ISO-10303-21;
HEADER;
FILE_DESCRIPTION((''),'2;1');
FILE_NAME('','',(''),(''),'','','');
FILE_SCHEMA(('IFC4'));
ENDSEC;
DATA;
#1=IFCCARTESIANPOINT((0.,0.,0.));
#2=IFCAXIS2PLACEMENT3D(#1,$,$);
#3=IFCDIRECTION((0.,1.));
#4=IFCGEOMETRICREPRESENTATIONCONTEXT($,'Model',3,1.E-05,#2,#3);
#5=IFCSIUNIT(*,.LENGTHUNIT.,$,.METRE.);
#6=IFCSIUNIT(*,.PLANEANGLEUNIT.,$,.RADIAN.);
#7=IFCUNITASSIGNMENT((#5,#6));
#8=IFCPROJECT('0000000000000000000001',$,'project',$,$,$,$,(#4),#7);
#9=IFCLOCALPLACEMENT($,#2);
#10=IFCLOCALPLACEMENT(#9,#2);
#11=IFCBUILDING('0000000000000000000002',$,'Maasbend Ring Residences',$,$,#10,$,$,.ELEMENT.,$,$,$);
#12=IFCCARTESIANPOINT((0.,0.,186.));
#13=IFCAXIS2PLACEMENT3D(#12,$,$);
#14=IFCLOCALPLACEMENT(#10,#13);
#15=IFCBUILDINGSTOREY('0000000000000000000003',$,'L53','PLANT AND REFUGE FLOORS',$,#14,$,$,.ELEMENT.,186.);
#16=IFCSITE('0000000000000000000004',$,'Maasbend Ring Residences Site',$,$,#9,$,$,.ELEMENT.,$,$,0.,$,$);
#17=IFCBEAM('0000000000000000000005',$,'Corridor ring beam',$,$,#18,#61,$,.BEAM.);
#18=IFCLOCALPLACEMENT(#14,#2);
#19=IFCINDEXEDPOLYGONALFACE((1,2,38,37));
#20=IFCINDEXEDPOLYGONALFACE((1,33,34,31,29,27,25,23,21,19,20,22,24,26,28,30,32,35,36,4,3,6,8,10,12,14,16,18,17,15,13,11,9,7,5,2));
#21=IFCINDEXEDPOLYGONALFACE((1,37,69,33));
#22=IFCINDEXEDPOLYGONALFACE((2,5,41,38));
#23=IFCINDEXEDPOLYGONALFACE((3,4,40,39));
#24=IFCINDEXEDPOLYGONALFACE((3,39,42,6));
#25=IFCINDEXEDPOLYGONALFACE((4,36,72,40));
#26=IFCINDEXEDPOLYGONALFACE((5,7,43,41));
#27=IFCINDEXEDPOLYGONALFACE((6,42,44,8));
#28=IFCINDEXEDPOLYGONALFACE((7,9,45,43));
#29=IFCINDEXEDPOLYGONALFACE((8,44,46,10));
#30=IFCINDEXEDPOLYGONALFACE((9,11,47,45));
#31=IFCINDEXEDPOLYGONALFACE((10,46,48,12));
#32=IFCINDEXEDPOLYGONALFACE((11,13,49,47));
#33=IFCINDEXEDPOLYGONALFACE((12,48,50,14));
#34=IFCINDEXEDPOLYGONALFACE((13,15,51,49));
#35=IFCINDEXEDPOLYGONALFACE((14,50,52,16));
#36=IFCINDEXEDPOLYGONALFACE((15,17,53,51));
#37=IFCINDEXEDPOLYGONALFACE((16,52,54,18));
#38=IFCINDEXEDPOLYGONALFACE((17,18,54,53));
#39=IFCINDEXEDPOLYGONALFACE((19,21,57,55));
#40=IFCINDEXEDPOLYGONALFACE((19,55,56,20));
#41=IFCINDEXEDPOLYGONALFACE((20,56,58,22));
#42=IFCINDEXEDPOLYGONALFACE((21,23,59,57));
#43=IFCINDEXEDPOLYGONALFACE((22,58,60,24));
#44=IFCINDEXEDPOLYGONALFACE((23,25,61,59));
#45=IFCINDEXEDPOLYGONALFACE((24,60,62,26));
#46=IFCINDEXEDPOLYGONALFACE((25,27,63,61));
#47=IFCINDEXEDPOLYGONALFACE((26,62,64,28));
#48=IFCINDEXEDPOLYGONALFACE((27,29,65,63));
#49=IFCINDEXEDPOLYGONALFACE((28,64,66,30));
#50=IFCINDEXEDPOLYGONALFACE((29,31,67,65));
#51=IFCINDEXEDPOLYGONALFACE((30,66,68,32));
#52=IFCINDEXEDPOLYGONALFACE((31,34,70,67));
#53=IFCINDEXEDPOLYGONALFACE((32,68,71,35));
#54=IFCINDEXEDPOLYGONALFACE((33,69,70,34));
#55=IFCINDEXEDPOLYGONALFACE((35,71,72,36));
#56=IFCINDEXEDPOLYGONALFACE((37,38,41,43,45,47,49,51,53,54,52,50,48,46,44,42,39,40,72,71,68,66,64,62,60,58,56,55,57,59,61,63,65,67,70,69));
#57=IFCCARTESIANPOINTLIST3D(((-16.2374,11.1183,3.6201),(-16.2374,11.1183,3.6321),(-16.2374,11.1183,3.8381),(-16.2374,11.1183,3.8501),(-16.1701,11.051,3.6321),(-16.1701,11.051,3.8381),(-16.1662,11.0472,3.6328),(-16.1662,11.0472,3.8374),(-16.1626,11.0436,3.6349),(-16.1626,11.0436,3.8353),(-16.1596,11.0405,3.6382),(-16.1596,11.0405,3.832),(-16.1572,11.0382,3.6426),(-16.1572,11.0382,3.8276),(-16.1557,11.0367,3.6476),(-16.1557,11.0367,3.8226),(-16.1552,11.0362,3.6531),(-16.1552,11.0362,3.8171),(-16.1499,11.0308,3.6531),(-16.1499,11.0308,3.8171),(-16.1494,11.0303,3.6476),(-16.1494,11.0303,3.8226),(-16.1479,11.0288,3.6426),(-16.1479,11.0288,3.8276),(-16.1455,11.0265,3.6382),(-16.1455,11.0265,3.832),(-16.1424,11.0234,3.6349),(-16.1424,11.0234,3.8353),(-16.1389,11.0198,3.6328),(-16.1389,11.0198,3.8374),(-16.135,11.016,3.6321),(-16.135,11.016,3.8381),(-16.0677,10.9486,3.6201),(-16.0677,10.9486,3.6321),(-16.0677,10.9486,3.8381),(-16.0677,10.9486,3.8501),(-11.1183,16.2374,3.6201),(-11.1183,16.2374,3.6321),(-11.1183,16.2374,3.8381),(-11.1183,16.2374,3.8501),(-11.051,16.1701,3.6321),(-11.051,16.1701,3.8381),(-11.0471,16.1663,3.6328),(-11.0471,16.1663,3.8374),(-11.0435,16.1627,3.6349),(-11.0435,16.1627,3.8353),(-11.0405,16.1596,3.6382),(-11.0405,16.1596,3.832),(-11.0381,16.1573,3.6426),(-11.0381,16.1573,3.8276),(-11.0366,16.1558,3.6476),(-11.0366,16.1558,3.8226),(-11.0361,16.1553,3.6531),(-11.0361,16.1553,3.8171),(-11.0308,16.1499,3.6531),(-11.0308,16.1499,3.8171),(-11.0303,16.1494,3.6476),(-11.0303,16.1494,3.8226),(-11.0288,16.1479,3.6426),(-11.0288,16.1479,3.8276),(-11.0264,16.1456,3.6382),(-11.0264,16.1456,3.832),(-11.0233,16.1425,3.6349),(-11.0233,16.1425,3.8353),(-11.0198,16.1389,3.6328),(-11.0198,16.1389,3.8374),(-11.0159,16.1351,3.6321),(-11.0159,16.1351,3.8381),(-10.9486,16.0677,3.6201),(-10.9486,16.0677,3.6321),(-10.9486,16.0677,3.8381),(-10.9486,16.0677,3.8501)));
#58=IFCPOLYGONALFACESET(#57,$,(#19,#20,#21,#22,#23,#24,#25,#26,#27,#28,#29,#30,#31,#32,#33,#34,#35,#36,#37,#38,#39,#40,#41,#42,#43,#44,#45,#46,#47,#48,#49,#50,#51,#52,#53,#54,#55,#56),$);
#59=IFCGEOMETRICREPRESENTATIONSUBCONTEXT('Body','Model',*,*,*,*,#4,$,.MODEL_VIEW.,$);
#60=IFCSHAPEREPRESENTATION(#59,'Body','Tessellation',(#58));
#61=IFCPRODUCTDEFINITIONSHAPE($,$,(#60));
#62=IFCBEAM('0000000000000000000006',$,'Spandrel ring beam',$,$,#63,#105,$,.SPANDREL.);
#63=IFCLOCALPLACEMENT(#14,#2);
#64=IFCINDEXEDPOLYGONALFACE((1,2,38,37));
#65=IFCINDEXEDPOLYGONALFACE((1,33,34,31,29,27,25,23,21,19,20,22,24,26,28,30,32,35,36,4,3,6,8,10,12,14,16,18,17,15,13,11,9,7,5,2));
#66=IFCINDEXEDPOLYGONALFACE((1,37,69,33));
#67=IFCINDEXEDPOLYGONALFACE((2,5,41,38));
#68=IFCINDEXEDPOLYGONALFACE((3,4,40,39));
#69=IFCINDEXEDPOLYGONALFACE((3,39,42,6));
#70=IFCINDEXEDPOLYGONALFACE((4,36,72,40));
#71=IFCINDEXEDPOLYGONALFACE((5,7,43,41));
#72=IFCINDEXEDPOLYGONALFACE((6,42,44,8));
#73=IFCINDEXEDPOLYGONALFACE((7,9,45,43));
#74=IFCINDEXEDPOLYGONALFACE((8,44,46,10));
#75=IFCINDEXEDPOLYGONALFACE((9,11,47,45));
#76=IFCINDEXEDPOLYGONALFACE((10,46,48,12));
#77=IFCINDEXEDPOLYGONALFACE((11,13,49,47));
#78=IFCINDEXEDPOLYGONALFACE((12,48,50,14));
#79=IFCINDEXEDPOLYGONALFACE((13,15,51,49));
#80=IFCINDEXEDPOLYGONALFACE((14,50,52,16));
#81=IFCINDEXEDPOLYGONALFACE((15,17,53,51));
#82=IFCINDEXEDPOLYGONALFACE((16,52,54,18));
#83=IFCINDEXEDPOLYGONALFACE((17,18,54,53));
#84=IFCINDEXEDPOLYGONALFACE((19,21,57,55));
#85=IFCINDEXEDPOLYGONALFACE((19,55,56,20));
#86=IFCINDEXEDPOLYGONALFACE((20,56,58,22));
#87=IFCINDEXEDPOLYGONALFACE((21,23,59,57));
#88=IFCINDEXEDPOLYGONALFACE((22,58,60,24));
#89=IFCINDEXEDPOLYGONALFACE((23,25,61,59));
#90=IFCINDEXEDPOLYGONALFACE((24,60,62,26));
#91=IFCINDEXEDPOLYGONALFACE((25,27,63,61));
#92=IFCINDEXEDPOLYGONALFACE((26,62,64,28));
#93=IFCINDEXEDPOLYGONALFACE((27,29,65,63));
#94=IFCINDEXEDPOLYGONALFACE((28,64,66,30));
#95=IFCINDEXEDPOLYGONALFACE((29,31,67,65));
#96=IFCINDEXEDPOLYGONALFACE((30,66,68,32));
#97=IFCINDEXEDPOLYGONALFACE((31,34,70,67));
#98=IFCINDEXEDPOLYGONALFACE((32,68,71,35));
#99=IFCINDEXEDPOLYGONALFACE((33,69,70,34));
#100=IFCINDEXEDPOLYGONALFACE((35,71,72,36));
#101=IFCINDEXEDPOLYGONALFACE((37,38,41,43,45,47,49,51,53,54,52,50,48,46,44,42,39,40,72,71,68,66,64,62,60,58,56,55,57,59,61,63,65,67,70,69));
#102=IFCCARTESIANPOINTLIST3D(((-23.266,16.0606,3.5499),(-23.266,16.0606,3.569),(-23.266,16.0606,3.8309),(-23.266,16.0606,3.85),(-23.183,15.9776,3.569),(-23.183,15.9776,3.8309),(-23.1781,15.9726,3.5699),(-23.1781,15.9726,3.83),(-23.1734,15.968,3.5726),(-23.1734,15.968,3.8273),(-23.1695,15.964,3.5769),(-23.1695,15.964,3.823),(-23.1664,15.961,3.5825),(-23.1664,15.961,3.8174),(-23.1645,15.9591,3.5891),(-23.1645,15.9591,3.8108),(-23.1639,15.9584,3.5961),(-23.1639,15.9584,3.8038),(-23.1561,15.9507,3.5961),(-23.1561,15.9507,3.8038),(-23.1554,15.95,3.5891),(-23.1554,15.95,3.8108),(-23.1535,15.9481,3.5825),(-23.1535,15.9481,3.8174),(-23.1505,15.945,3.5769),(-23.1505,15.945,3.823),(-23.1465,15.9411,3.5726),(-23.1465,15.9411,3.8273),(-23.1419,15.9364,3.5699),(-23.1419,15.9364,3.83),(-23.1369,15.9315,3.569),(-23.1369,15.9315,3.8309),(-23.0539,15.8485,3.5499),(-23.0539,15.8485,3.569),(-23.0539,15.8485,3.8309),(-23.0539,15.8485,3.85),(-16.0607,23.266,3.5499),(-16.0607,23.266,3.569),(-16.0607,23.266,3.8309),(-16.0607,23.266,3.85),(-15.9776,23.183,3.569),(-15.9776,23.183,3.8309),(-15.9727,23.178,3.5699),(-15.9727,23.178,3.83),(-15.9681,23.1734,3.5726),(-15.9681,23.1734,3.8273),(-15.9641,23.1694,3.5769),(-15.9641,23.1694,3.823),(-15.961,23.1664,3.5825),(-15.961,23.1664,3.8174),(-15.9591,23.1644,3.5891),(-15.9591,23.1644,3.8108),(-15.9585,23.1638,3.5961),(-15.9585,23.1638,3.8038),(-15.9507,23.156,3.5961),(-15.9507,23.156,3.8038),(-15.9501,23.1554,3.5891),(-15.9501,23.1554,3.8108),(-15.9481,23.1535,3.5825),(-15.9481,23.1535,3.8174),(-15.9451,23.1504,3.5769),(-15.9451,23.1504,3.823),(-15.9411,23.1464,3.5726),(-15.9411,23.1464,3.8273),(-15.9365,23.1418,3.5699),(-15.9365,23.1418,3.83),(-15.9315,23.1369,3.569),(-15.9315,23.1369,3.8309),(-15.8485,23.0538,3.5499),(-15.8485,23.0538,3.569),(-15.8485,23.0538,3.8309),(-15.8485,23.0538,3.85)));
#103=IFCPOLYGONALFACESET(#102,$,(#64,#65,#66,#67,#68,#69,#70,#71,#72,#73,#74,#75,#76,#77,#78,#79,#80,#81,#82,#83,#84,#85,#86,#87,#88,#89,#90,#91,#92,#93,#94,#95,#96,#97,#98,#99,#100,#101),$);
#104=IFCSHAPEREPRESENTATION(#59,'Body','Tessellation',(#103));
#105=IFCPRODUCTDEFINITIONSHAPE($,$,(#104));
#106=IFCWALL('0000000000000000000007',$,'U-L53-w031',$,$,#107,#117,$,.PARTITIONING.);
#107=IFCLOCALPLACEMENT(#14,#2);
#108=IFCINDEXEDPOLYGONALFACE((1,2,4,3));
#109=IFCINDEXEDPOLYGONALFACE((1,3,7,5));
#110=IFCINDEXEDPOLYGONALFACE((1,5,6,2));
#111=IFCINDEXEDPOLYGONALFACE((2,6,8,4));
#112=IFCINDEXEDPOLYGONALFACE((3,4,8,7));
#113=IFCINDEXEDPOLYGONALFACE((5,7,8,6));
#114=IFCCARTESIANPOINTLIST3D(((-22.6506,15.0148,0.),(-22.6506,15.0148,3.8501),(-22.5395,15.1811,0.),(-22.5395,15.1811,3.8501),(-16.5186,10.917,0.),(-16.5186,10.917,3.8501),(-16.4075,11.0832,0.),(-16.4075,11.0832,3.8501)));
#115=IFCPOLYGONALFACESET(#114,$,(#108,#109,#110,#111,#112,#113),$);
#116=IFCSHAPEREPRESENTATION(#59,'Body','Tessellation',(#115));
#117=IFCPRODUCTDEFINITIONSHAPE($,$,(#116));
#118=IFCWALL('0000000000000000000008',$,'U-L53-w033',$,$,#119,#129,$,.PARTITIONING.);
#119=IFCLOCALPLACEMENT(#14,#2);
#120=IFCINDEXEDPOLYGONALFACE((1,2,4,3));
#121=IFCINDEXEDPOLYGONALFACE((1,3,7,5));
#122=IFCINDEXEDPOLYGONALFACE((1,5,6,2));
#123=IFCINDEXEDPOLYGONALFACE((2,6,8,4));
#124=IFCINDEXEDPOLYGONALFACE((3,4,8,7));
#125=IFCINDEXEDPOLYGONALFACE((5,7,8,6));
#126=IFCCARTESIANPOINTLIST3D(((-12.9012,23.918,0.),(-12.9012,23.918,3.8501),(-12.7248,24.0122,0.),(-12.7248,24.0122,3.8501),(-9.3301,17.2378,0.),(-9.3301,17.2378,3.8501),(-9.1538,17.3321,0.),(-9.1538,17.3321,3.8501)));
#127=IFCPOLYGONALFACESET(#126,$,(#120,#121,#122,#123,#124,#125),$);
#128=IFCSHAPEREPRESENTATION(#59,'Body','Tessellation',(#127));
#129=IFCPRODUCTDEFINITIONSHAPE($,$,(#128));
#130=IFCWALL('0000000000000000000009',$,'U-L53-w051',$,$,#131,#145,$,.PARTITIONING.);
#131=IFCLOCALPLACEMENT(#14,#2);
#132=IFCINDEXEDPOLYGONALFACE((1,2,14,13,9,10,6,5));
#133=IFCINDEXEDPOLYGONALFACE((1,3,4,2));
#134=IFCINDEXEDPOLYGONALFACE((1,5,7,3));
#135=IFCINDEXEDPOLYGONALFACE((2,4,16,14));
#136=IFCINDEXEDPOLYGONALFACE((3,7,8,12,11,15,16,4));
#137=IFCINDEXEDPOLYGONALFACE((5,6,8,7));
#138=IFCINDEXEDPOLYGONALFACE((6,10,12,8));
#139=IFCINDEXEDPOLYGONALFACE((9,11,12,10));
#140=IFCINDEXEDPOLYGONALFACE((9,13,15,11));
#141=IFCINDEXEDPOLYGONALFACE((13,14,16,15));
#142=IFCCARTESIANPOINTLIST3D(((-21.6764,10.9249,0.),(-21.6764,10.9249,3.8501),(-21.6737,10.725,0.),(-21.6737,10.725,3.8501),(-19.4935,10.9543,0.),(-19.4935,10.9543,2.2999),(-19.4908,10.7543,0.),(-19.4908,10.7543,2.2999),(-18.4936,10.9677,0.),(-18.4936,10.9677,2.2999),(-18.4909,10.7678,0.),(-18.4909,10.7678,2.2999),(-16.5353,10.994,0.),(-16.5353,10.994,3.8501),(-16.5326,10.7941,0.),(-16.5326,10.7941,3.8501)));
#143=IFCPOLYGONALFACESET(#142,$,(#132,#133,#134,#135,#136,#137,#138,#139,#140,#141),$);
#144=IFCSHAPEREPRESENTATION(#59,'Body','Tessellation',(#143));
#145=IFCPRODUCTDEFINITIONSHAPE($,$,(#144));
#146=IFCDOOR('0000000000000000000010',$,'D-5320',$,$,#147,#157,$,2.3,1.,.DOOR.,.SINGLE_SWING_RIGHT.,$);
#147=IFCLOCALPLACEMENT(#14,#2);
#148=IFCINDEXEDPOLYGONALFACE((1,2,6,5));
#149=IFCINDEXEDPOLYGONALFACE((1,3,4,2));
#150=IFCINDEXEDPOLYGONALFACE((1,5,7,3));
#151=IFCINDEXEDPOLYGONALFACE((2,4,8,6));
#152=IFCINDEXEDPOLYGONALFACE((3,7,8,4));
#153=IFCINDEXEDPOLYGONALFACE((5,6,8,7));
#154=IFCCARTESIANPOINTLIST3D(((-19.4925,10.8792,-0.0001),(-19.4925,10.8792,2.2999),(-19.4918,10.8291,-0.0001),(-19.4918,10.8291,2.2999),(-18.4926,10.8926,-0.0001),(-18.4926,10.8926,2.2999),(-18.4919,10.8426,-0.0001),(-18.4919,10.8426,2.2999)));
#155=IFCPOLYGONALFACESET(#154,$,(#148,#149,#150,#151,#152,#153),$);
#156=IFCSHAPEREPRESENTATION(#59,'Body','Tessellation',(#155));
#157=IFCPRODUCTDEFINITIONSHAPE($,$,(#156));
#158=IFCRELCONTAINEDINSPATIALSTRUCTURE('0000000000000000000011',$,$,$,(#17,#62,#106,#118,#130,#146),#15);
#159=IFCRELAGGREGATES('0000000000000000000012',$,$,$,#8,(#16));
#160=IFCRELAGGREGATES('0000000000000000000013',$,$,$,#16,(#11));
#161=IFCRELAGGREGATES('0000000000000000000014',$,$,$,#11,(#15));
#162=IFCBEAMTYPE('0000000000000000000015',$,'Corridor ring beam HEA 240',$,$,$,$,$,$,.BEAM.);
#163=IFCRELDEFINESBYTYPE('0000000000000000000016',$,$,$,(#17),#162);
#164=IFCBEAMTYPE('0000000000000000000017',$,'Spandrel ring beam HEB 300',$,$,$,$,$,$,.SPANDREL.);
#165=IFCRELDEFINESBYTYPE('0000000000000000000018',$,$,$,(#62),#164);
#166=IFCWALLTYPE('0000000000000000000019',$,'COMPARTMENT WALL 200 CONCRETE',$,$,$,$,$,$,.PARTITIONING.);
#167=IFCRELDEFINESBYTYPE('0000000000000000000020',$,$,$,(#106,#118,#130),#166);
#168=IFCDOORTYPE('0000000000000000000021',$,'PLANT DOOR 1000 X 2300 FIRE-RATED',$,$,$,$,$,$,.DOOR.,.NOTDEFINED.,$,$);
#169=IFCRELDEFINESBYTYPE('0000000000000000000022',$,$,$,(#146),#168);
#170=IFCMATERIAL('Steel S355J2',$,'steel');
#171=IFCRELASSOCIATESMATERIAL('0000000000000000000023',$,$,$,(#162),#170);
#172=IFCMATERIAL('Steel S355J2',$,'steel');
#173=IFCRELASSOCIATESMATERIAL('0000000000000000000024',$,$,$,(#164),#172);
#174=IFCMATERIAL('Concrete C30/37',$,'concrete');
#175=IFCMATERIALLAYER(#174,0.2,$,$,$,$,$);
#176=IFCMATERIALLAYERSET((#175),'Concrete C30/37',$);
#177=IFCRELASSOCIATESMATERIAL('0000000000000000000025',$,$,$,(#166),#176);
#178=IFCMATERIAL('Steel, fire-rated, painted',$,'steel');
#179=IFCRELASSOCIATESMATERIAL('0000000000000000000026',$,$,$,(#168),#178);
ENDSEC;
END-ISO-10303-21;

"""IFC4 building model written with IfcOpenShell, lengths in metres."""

from ifc_helpers import new_model, si_unit, direction, frame, frame_2d, origin, origin_2d, place, context, subcontext, project, spatial, rectangle, i_section, extrude, material, layer, layer_set, material_profile, profile_set, type_object, element, fill, save


model = new_model("IFC4")

# Units and contexts
model_context = context("Model", 3, precision=1e-05, world=origin(), true_north=direction((0.0, 1.0)))
body_context = subcontext(model_context, "Body", "Model", "MODEL_VIEW")
ifc_project = project(units=[si_unit("LENGTHUNIT", "METRE"), si_unit("PLANEANGLEUNIT", "RADIAN")], contexts=[model_context])

# Site, building, storey
site_placement = place(None, origin())
site = spatial("IfcSite", under=ifc_project, at=site_placement, Name="Maasbend Ring Residences Site", CompositionType="ELEMENT", RefElevation=0.0)
building_placement = place(site_placement, origin())
building = spatial("IfcBuilding", under=site, at=building_placement, Name="Maasbend Ring Residences", CompositionType="ELEMENT")
storey_placement = place(building_placement, frame((0.0, 0.0, 186.0)))
storey = spatial("IfcBuildingStorey", under=building, at=storey_placement, Name="L53", Description="PLANT AND REFUGE FLOORS", CompositionType="ELEMENT", Elevation=186.0)

# Beams
ifc_material_1 = material(Name="Steel S355J2", Category="steel")
ifc_material_profile_1 = material_profile(ifc_material_1, i_section(OverallWidth=0.24, OverallDepth=0.23, WebThickness=0.0076, FlangeThickness=0.012, FilletRadius=0.021, at=origin_2d()), Name="HEA 240")
ifc_profile_set_1 = profile_set([ifc_material_profile_1], Name="Steel S355J2")
beam_type_1 = type_object("IfcBeamType", Name="Corridor ring beam HEA 240", PredefinedType="BEAM", material=ifc_profile_set_1)
beam_1_placement = place(storey_placement, frame((-11.0334, 16.1526, 3.7351), z_axis=(-0.707107, -0.707107, 0.0), x_axis=(0.707107, -0.707107, 0.0)))
element("IfcBeam", 1, at=beam_1_placement, inside=storey, type_object=beam_type_1, Name="Corridor ring beam", PredefinedType="BEAM", context=body_context, shape_type="SweptSolid", body=[
    extrude(i_section(OverallWidth=0.24, OverallDepth=0.23, WebThickness=0.0076, FlangeThickness=0.012, FilletRadius=0.021, at=origin_2d()), origin(), (0.0, 0.0, 1.0), 7.2395),
])
ifc_material_2 = material(Name="Steel S355J2", Category="steel")
ifc_material_profile_2 = material_profile(ifc_material_2, i_section(OverallWidth=0.3, OverallDepth=0.3, WebThickness=0.011, FlangeThickness=0.019, FilletRadius=0.0271, at=origin_2d()), Name="HEB 300")
ifc_profile_set_2 = profile_set([ifc_material_profile_2], Name="Steel S355J2")
beam_type_2 = type_object("IfcBeamType", Name="Spandrel ring beam HEB 300", PredefinedType="SPANDREL", material=ifc_profile_set_2)
beam_2_placement = place(storey_placement, frame((-15.9546, 23.1599, 3.7), z_axis=(-0.707107, -0.707107, 0.0), x_axis=(0.707107, -0.707107, 0.0)))
element("IfcBeam", 2, at=beam_2_placement, inside=storey, type_object=beam_type_2, Name="Spandrel ring beam", PredefinedType="SPANDREL", context=body_context, shape_type="SweptSolid", body=[
    extrude(i_section(OverallWidth=0.3, OverallDepth=0.3, WebThickness=0.011, FlangeThickness=0.019, FilletRadius=0.0271, at=origin_2d()), origin(), (0.0, 0.0, 1.0), 10.1899),
])

# Walls
ifc_material_3 = material(Name="Concrete C30/37", Category="concrete")
ifc_layer_1 = layer(ifc_material_3, 0.2)
ifc_layer_set_1 = layer_set([ifc_layer_1], Name="Concrete C30/37")
wall_type_1 = type_object("IfcWallType", Name="COMPARTMENT WALL 200 CONCRETE", PredefinedType="PARTITIONING", material=ifc_layer_set_1)
wall_1_placement = place(storey_placement, frame((-22.595, 15.0979, 0.0), z_axis=(0.0, 0.0, 1.0), x_axis=(0.831434, -0.555624, 0.0)))
element("IfcWall", 3, at=wall_1_placement, inside=storey, type_object=wall_type_1, Name="U-L53-w031", PredefinedType="PARTITIONING", context=body_context, shape_type="SweptSolid", body=[
    extrude(rectangle(XDim=7.3752, YDim=0.2, at=frame_2d((3.6875, 0.0))), origin(), (0.0, 0.0, 1.0), 3.8501),
])
wall_2_placement = place(storey_placement, frame((-12.813, 23.9651, 0.0), z_axis=(0.0, 0.0, 1.0), x_axis=(0.47144, -0.881898, 0.0)))
element("IfcWall", 4, at=wall_2_placement, inside=storey, type_object=wall_type_1, Name="U-L53-w033", PredefinedType="PARTITIONING", context=body_context, shape_type="SweptSolid", body=[
    extrude(rectangle(XDim=7.5747, YDim=0.2, at=frame_2d((3.7874, 0.0))), origin(), (0.0, 0.0, 1.0), 3.8501),
])

# Wall, opening, door
wall_3_placement = place(storey_placement, frame((-21.675, 10.825, 0.0), z_axis=(0.0, 0.0, 1.0), x_axis=(0.99991, 0.013438, 0.0)))
wall_3 = element("IfcWall", 5, at=wall_3_placement, inside=storey, type_object=wall_type_1, Name="U-L53-w051", PredefinedType="PARTITIONING", context=body_context, shape_type="SweptSolid", body=[
    extrude(rectangle(XDim=5.1416, YDim=0.2, at=frame_2d((2.5708, 0.0))), origin(), (0.0, 0.0, 1.0), 3.8501),
])
opening_1_placement = place(wall_3_placement, frame((2.1831, 0.0, 0.0)))
opening_1 = element("IfcOpeningElement", 6, at=opening_1_placement, cuts=wall_3, PredefinedType="OPENING", context=body_context, shape_type="SweptSolid", body=[
    extrude(rectangle(XDim=1.0, YDim=2.3, at=frame_2d((0.5, 1.1499))), frame((0.0, 0.1099, 0.0), z_axis=(0.0, -1.0, 0.0), x_axis=(1.0, 0.0, 0.0)), (0.0, 0.0, 1.0), 0.22),
])
ifc_material_4 = material(Name="Steel, fire-rated, painted", Category="steel")
door_type = type_object("IfcDoorType", Name="PLANT DOOR 1000 X 2300 FIRE-RATED", OperationType="NOTDEFINED", PredefinedType="DOOR", material=ifc_material_4)
door_1_placement = place(opening_1_placement, origin())
door_1 = element("IfcDoor", 7, at=door_1_placement, inside=storey, type_object=door_type, Name="D-5320", OperationType="SINGLE_SWING_RIGHT", OverallHeight=2.3, OverallWidth=1.0, PredefinedType="DOOR", context=body_context, shape_type="SweptSolid", body=[
    extrude(rectangle(XDim=1.0, YDim=2.3, at=frame_2d((0.5, 1.1499))), frame((0.0, 0.0249, 0.0), z_axis=(0.0, -1.0, 0.0), x_axis=(1.0, 0.0, 0.0)), (0.0, 0.0, 1.0), 0.05),
])
fill(opening_1, door_1)

save(model, "model.ifc")
